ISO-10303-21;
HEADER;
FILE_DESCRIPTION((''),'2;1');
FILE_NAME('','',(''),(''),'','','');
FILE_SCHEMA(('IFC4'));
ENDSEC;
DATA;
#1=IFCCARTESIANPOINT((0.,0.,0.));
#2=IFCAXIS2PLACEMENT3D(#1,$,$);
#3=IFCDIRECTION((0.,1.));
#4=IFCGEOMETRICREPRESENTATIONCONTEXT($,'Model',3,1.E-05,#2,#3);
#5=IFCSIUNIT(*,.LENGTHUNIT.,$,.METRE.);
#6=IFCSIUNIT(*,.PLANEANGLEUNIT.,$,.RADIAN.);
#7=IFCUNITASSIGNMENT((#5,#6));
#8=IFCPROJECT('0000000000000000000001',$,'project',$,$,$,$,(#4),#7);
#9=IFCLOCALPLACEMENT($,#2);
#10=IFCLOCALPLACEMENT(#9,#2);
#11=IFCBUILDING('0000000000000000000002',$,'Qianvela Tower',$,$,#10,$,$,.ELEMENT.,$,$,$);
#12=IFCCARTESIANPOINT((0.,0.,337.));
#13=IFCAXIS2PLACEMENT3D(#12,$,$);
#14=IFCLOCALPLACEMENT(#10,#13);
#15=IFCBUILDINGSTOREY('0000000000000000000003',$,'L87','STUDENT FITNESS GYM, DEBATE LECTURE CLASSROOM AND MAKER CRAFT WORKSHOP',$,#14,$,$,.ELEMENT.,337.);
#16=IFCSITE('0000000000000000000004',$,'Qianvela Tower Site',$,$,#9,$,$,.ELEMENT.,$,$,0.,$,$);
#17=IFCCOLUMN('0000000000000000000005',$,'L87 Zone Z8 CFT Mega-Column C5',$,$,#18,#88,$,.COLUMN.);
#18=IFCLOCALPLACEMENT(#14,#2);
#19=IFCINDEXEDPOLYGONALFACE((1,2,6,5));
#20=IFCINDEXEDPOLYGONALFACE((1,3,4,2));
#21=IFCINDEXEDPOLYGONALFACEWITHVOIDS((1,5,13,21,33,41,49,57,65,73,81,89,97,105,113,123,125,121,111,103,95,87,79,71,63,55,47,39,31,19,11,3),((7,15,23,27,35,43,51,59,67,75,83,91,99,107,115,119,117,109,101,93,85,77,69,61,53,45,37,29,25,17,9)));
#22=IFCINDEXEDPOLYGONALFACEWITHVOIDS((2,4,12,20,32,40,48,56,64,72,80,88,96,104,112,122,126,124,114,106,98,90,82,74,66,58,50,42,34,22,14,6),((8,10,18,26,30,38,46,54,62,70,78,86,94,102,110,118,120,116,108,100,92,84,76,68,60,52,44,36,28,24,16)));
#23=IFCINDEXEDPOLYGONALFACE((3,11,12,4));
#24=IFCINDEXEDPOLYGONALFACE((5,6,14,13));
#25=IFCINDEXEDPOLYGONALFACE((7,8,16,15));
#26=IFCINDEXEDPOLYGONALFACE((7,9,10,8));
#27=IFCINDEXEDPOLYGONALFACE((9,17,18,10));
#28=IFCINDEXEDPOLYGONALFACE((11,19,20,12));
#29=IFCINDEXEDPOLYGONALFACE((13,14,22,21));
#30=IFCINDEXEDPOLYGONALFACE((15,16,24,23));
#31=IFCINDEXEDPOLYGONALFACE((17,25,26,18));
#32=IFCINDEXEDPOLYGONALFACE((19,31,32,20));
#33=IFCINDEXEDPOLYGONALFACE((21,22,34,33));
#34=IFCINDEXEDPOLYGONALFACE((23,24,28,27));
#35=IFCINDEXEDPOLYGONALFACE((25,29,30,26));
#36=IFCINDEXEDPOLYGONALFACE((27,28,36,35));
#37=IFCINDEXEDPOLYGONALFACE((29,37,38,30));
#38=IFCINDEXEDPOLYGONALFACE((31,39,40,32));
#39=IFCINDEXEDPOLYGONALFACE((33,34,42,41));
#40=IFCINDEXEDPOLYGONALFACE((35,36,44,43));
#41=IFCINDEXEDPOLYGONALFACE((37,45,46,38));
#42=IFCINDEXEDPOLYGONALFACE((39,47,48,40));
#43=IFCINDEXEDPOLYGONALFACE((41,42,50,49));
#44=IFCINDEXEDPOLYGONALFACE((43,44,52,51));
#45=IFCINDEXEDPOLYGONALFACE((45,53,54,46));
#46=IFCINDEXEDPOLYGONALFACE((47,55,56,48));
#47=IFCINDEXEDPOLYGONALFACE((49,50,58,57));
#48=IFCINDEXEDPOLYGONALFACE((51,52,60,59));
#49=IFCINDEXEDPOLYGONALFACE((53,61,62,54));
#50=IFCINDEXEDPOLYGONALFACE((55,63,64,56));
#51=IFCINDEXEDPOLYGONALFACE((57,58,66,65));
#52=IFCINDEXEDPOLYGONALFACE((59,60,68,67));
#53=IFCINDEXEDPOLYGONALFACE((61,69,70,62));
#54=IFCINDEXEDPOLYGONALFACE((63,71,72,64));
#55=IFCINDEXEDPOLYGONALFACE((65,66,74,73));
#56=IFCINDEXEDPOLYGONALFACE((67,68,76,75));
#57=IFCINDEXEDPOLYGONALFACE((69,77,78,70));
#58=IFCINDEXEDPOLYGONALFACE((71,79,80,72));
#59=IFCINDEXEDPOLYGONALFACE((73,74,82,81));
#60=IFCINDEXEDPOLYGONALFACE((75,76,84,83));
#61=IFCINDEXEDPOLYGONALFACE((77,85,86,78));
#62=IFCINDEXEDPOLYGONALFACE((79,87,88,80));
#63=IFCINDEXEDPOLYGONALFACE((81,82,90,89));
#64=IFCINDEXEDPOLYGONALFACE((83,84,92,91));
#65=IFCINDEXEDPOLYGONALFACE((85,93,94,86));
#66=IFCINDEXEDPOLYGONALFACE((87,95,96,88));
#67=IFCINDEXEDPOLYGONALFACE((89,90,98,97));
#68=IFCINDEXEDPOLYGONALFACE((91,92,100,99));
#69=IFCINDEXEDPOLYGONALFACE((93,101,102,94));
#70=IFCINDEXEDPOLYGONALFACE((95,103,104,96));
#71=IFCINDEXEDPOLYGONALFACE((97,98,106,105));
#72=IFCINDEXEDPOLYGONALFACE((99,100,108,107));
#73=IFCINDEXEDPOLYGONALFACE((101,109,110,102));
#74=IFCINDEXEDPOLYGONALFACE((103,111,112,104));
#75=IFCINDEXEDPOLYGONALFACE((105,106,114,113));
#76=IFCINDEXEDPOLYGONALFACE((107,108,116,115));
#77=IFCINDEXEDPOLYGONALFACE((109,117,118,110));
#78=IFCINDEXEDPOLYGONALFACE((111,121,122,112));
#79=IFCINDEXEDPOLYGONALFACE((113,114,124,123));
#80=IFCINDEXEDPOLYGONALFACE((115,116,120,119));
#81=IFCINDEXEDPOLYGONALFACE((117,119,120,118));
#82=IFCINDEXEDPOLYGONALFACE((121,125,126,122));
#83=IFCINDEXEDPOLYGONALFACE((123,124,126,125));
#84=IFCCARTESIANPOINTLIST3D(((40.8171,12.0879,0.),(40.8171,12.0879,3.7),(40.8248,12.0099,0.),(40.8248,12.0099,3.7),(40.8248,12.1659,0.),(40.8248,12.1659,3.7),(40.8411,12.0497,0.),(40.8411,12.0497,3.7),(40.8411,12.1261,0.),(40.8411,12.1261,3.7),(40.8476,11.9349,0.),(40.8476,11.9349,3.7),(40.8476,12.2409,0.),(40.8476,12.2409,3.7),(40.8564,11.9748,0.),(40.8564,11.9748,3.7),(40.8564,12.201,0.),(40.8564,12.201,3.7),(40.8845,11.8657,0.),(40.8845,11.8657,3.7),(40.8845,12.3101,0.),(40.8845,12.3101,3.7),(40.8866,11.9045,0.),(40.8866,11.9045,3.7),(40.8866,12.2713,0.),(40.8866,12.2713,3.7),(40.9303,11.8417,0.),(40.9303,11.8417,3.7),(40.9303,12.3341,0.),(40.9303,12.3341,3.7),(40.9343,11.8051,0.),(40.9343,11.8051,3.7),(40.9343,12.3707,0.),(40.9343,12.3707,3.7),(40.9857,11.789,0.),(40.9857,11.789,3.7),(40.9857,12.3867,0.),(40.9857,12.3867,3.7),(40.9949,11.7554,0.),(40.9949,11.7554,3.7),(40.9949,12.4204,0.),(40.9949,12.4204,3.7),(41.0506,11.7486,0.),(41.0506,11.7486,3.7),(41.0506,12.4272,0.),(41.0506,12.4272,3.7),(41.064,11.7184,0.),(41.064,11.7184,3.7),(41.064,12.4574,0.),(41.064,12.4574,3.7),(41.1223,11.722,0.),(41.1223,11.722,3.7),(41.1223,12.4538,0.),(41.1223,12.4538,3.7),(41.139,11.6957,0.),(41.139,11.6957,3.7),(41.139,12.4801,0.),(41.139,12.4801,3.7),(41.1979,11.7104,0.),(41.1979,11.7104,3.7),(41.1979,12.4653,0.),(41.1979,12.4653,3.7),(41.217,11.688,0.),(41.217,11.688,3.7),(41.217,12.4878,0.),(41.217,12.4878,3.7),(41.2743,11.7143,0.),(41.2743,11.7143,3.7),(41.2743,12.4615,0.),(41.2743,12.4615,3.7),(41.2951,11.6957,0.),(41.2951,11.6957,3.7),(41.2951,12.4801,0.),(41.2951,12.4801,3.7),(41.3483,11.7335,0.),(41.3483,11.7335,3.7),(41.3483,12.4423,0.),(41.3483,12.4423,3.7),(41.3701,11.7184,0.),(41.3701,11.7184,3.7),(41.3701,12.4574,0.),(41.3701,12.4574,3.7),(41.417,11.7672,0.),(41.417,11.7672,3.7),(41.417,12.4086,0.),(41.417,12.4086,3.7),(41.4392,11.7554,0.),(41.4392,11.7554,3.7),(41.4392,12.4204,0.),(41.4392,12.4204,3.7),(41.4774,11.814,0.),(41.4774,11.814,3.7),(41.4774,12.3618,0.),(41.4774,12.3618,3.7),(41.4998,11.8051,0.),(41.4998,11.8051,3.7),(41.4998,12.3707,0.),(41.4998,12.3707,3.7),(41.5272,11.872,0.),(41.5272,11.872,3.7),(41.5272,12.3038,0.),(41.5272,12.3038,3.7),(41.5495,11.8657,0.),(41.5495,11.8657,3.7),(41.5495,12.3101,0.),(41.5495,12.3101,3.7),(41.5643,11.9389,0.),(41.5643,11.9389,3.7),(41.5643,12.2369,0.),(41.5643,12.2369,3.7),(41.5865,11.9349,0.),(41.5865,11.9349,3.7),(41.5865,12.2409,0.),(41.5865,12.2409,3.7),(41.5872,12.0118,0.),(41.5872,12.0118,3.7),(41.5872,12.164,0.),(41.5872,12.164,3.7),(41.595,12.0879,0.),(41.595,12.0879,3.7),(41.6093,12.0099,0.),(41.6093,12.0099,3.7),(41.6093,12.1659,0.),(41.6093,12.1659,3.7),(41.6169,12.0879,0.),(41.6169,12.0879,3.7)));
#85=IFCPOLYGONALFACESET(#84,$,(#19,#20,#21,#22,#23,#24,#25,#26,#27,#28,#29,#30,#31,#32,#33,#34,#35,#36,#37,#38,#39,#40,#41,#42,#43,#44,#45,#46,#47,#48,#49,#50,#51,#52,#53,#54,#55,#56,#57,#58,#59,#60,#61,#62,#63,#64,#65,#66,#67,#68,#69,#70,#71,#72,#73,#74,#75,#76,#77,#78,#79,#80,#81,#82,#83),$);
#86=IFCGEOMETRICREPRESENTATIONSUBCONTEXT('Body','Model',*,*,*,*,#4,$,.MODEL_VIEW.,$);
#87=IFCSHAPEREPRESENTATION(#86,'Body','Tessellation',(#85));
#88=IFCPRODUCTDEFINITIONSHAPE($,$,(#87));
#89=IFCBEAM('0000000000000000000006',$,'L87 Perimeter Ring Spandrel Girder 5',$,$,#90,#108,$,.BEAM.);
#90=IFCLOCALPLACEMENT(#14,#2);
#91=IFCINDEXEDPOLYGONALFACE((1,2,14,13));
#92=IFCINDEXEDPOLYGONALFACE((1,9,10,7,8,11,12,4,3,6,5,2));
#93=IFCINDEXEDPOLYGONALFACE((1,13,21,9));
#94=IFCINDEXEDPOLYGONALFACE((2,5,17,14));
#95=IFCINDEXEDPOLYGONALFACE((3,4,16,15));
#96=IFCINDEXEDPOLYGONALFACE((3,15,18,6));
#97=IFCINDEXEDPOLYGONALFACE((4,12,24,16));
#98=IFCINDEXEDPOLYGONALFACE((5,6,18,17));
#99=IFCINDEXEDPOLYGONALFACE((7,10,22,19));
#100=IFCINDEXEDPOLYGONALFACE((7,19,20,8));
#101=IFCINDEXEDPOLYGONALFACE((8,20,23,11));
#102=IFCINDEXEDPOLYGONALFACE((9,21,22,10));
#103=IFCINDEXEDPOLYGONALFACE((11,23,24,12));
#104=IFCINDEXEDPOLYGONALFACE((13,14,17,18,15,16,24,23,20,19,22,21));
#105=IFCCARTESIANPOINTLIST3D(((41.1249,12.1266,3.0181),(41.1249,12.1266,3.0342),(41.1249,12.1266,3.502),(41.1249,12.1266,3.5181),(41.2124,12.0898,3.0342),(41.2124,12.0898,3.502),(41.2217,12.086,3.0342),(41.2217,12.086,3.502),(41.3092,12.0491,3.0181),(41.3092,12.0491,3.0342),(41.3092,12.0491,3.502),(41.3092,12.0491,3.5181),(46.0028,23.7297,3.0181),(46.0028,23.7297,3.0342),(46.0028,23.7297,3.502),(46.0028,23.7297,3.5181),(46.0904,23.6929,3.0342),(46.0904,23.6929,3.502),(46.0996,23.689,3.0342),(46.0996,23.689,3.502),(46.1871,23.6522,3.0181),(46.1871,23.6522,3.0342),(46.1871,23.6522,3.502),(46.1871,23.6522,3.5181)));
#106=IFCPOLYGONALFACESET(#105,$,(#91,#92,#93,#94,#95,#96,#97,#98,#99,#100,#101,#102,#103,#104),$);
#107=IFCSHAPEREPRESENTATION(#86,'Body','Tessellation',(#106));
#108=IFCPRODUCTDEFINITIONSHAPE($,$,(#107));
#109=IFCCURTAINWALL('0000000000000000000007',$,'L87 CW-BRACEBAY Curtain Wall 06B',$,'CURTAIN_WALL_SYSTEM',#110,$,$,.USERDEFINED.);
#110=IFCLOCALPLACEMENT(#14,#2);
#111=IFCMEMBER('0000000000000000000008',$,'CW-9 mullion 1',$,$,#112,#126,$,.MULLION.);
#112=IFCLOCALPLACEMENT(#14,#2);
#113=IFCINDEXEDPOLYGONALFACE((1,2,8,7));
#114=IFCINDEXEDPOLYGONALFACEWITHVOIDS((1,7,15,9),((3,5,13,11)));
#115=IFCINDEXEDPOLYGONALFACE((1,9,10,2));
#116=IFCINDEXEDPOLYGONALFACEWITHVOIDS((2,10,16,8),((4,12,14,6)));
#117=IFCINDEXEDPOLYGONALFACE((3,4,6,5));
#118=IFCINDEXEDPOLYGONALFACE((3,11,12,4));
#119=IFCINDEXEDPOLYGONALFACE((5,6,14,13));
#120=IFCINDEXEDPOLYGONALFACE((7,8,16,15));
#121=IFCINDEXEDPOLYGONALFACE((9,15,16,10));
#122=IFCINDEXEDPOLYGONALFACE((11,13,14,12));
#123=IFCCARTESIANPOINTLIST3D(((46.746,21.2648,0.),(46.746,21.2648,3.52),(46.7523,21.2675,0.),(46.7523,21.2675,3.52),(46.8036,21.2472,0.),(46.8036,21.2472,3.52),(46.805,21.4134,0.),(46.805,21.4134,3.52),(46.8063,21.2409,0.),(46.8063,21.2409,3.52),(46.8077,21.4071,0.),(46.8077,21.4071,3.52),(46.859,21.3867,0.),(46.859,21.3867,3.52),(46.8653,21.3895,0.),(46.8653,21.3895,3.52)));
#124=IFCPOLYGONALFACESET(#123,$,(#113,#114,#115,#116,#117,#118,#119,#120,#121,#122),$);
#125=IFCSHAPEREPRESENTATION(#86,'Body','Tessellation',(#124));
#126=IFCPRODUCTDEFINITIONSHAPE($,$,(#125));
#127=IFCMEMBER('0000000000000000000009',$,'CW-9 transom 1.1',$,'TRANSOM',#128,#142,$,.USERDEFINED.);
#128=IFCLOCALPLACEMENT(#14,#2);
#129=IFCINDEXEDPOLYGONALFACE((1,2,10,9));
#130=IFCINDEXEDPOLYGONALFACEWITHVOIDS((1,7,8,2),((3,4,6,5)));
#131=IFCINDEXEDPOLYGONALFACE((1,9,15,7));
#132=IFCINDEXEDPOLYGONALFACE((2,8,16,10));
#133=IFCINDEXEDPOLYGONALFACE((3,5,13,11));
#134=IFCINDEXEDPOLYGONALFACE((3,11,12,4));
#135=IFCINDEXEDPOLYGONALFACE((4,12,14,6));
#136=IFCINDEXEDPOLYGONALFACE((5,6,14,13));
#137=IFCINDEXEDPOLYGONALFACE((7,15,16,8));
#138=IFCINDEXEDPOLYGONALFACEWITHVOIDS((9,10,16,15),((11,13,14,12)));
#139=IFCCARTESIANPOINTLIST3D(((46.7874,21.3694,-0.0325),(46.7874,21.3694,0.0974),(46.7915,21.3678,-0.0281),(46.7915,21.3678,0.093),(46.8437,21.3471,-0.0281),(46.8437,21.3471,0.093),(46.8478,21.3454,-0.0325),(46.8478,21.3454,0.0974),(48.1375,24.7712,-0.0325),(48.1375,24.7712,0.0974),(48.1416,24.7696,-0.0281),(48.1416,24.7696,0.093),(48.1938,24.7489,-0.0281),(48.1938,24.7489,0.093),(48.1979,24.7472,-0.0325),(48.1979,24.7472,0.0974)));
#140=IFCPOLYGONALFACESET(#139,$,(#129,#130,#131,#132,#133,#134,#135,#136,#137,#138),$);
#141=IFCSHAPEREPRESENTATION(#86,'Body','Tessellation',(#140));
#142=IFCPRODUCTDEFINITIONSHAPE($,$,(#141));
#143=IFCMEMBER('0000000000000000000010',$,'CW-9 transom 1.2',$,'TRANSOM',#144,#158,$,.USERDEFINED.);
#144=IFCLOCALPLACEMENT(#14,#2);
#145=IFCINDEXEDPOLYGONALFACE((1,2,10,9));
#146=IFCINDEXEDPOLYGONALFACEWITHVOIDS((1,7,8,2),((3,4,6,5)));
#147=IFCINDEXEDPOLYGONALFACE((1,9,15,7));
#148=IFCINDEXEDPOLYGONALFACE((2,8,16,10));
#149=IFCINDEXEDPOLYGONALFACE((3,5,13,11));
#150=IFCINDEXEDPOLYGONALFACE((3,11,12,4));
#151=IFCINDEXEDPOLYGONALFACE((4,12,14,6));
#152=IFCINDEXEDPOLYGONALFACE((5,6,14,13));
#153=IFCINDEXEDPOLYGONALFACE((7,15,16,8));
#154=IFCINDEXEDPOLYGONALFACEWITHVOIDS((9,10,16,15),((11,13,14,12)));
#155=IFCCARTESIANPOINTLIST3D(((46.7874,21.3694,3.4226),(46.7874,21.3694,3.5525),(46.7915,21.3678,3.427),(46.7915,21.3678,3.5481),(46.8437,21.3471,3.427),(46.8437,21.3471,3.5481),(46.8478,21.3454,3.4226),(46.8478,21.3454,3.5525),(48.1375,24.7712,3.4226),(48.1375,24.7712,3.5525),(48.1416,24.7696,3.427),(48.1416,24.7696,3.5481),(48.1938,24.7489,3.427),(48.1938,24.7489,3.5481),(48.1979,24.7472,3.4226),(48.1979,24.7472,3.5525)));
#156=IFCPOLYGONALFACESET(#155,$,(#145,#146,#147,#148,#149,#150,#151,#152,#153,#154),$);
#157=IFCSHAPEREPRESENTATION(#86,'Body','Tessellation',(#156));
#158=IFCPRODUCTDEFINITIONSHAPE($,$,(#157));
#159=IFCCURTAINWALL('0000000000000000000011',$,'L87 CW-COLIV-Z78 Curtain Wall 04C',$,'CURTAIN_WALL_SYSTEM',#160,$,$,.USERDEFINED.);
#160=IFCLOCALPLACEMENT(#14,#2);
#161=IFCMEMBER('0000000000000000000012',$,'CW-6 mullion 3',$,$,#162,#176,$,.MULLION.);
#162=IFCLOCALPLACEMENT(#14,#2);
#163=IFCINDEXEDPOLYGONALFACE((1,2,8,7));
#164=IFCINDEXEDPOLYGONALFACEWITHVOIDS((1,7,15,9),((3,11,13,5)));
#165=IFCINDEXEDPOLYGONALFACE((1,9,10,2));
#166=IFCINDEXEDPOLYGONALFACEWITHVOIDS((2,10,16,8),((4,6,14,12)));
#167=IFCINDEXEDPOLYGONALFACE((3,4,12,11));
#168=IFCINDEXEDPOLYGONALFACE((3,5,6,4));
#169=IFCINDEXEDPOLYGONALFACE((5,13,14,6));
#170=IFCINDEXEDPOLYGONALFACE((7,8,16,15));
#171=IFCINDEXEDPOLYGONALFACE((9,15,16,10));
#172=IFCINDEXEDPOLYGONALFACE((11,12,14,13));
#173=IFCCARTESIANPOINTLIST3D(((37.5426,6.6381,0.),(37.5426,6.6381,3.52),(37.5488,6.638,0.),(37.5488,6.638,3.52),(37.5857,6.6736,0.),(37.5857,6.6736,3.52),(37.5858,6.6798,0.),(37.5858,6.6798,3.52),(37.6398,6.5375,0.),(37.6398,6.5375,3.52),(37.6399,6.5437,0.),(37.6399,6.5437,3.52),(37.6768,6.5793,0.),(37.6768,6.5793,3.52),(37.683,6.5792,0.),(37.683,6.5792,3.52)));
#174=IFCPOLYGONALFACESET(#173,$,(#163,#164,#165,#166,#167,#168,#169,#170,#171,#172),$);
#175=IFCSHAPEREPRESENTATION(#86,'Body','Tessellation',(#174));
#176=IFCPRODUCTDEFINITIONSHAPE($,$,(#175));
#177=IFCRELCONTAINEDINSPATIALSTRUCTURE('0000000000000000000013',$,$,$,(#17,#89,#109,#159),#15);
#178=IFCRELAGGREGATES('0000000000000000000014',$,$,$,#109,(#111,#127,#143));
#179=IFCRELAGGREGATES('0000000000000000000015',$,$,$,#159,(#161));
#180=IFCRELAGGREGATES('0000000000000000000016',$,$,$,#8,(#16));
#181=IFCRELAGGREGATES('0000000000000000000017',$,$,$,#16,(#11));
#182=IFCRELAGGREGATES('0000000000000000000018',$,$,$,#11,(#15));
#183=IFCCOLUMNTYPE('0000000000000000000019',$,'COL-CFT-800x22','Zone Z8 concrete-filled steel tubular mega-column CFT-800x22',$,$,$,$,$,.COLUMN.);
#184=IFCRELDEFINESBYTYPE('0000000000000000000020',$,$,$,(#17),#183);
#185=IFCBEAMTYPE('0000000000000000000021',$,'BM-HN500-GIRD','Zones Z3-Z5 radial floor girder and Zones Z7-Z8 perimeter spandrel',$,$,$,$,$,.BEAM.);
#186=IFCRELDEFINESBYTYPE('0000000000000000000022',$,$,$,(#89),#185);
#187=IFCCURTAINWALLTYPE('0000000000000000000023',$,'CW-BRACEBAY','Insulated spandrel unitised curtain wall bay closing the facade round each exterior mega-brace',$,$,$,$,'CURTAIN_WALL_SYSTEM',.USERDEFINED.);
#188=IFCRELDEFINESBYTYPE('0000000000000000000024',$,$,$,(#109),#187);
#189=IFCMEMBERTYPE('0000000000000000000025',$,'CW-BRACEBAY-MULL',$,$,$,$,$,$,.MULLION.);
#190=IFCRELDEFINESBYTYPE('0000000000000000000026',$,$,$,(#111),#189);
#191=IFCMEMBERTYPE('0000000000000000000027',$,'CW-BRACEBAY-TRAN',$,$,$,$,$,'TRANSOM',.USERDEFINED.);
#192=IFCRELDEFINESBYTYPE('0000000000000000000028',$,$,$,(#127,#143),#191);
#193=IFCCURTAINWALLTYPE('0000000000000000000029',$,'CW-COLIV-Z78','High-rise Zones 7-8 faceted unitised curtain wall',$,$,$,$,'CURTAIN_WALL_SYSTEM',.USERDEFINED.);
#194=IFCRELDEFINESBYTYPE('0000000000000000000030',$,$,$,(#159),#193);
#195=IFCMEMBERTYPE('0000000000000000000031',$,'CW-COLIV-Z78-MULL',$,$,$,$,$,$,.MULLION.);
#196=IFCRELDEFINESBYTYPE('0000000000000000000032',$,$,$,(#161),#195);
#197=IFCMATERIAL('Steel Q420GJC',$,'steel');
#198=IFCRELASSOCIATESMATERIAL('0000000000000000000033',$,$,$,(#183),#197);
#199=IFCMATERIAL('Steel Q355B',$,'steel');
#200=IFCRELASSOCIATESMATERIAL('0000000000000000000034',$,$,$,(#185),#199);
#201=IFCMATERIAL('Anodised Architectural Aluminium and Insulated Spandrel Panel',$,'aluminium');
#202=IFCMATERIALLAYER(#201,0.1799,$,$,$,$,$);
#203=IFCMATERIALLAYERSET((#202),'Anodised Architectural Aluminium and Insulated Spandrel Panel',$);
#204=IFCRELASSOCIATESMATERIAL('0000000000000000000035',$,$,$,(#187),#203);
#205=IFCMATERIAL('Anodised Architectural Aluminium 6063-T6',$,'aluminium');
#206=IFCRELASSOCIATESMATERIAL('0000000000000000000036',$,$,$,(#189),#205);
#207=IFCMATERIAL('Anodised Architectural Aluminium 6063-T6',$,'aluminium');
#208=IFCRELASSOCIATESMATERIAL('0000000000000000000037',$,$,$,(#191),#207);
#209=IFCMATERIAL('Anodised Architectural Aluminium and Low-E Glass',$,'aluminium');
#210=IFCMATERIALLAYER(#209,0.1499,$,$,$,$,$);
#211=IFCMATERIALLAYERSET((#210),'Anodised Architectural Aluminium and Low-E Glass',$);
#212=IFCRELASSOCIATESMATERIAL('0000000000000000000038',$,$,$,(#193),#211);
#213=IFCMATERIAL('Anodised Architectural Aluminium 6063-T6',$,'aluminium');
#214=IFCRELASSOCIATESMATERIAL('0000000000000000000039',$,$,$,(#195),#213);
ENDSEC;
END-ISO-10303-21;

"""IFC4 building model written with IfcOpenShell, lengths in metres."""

from ifc_helpers import new_model, si_unit, direction, frame, origin, origin_2d, place, context, subcontext, project, spatial, hollow_rectangle, hollow_circle, i_section, extrude, material, layer, layer_set, material_profile, profile_set, type_object, element, aggregate, save


model = new_model("IFC4")

# Units and contexts
model_context = context("Model", 3, precision=1e-05, world=origin(), true_north=direction((0.0, 1.0)))
body_context = subcontext(model_context, "Body", "Model", "MODEL_VIEW")
ifc_project = project(units=[si_unit("LENGTHUNIT", "METRE"), si_unit("PLANEANGLEUNIT", "RADIAN")], contexts=[model_context])

# Site, building, storey
site_placement = place(None, origin())
site = spatial("IfcSite", under=ifc_project, at=site_placement, Name="Qianvela Tower Site", CompositionType="ELEMENT", RefElevation=0.0)
building_placement = place(site_placement, origin())
building = spatial("IfcBuilding", under=site, at=building_placement, Name="Qianvela Tower", CompositionType="ELEMENT")
storey_placement = place(building_placement, frame((0.0, 0.0, 337.0)))
storey = spatial("IfcBuildingStorey", under=building, at=storey_placement, Name="L87", Description="STUDENT FITNESS GYM, DEBATE LECTURE CLASSROOM AND MAKER CRAFT WORKSHOP", CompositionType="ELEMENT", Elevation=337.0)

# Column
ifc_material_1 = material(Name="Steel Q420GJC", Category="steel")
ifc_material_profile_1 = material_profile(ifc_material_1, hollow_circle(Radius=0.3999, WallThickness=0.022, at=origin_2d()), Name="CFT-800x22")
ifc_profile_set_1 = profile_set([ifc_material_profile_1], Name="Steel Q420GJC")
column_type = type_object("IfcColumnType", Name="COL-CFT-800x22", Description="Zone Z8 concrete-filled steel tubular mega-column CFT-800x22", PredefinedType="COLUMN", material=ifc_profile_set_1)
column_placement = place(storey_placement, frame((41.217, 12.0879, 0.0), z_axis=(0.0, 0.0, 1.0), x_axis=(1.0, 0.0, 0.0)))
element("IfcColumn", 1, at=column_placement, inside=storey, type_object=column_type, Name="L87 Zone Z8 CFT Mega-Column C5", PredefinedType="COLUMN", context=body_context, shape_type="SweptSolid", body=[
    extrude(hollow_circle(Radius=0.3999, WallThickness=0.022, at=origin_2d()), origin(), (0.0, 0.0, 1.0), 3.7),
])

# Beam
ifc_material_2 = material(Name="Steel Q355B", Category="steel")
ifc_material_profile_2 = material_profile(ifc_material_2, i_section(OverallWidth=0.2, OverallDepth=0.5, WebThickness=0.01, FlangeThickness=0.0161, at=origin_2d()), Name="HN500x200x10x16")
ifc_profile_set_2 = profile_set([ifc_material_profile_2], Name="Steel Q355B")
beam_type = type_object("IfcBeamType", Name="BM-HN500-GIRD", Description="Zones Z3-Z5 radial floor girder and Zones Z7-Z8 perimeter spandrel", PredefinedType="BEAM", material=ifc_profile_set_2)
beam_placement = place(storey_placement, frame((41.217, 12.0879, 3.2681), z_axis=(0.387547, 0.92185, 0.0), x_axis=(-0.92185, 0.387547, 0.0)))
element("IfcBeam", 2, at=beam_placement, inside=storey, type_object=beam_type, Name="L87 Perimeter Ring Spandrel Girder 5", PredefinedType="BEAM", context=body_context, shape_type="SweptSolid", body=[
    extrude(i_section(OverallWidth=0.2, OverallDepth=0.5, WebThickness=0.01, FlangeThickness=0.0161, at=origin_2d()), origin(), (0.0, 0.0, 1.0), 12.5867),
])

# Curtain wall, members
ifc_material_3 = material(Name="Anodised Architectural Aluminium and Insulated Spandrel Panel", Category="aluminium")
ifc_layer_1 = layer(ifc_material_3, 0.1799)
ifc_layer_set_1 = layer_set([ifc_layer_1], Name="Anodised Architectural Aluminium and Insulated Spandrel Panel")
curtain_wall_type_1 = type_object("IfcCurtainWallType", Name="CW-BRACEBAY", Description="Insulated spandrel unitised curtain wall bay closing the facade round each exterior mega-brace", ElementType="CURTAIN_WALL_SYSTEM", PredefinedType="USERDEFINED", material=ifc_layer_set_1)
curtain_wall_1_placement = place(storey_placement, origin())
curtain_wall_1 = element("IfcCurtainWall", 3, at=curtain_wall_1_placement, inside=storey, type_object=curtain_wall_type_1, Name="L87 CW-BRACEBAY Curtain Wall 06B", ObjectType="CURTAIN_WALL_SYSTEM", PredefinedType="USERDEFINED")
ifc_material_4 = material(Name="Anodised Architectural Aluminium 6063-T6", Category="aluminium")
ifc_material_profile_3 = material_profile(ifc_material_4, hollow_rectangle(XDim=0.0649, YDim=0.1599, WallThickness=0.0049, at=origin_2d()), Name="ALU-MULL-65x160")
ifc_profile_set_3 = profile_set([ifc_material_profile_3], Name="Anodised Architectural Aluminium 6063-T6")
member_type_1 = type_object("IfcMemberType", Name="CW-BRACEBAY-MULL", PredefinedType="MULLION", material=ifc_profile_set_3)
member_1_placement = place(storey_placement, frame((46.8057, 21.3271, 0.0), z_axis=(0.0, 0.0, 1.0), x_axis=(-0.929472, 0.368892, 0.0)))
member_1 = element("IfcMember", 4, at=member_1_placement, type_object=member_type_1, Name="CW-9 mullion 1", PredefinedType="MULLION", context=body_context, shape_type="SweptSolid", body=[
    extrude(hollow_rectangle(XDim=0.0649, YDim=0.1599, WallThickness=0.0049, at=origin_2d()), origin(), (0.0, 0.0, 1.0), 3.52),
])
ifc_material_5 = material(Name="Anodised Architectural Aluminium 6063-T6", Category="aluminium")
ifc_material_profile_4 = material_profile(ifc_material_5, hollow_rectangle(XDim=0.0649, YDim=0.1299, WallThickness=0.0044, at=origin_2d()), Name="ALU-TRAN-65x130")
ifc_profile_set_4 = profile_set([ifc_material_profile_4], Name="Anodised Architectural Aluminium 6063-T6")
member_type_2 = type_object("IfcMemberType", Name="CW-BRACEBAY-TRAN", ElementType="TRANSOM", PredefinedType="USERDEFINED", material=ifc_profile_set_4)
member_2_placement = place(storey_placement, frame((46.8176, 21.3574, 0.0325), z_axis=(0.368882, 0.929476, 0.0), x_axis=(-0.929476, 0.368882, 0.0)))
member_2 = element("IfcMember", 5, at=member_2_placement, type_object=member_type_2, Name="CW-9 transom 1.1", ObjectType="TRANSOM", PredefinedType="USERDEFINED", context=body_context, shape_type="SweptSolid", body=[
    extrude(hollow_rectangle(XDim=0.0649, YDim=0.1299, WallThickness=0.0044, at=origin_2d()), origin(), (0.0, 0.0, 1.0), 3.6599),
])
member_3_placement = place(storey_placement, frame((46.8176, 21.3574, 3.4875), z_axis=(0.368882, 0.929476, 0.0), x_axis=(-0.929476, 0.368882, 0.0)))
member_3 = element("IfcMember", 6, at=member_3_placement, type_object=member_type_2, Name="CW-9 transom 1.2", ObjectType="TRANSOM", PredefinedType="USERDEFINED", context=body_context, shape_type="SweptSolid", body=[
    extrude(hollow_rectangle(XDim=0.0649, YDim=0.1299, WallThickness=0.0044, at=origin_2d()), origin(), (0.0, 0.0, 1.0), 3.6599),
])
aggregate(curtain_wall_1, [member_1, member_2, member_3])

# Curtain wall, member
ifc_material_6 = material(Name="Anodised Architectural Aluminium and Low-E Glass", Category="aluminium")
ifc_layer_2 = layer(ifc_material_6, 0.1499)
ifc_layer_set_2 = layer_set([ifc_layer_2], Name="Anodised Architectural Aluminium and Low-E Glass")
curtain_wall_type_2 = type_object("IfcCurtainWallType", Name="CW-COLIV-Z78", Description="High-rise Zones 7-8 faceted unitised curtain wall", ElementType="CURTAIN_WALL_SYSTEM", PredefinedType="USERDEFINED", material=ifc_layer_set_2)
curtain_wall_2_placement = place(storey_placement, origin())
curtain_wall_2 = element("IfcCurtainWall", 7, at=curtain_wall_2_placement, inside=storey, type_object=curtain_wall_type_2, Name="L87 CW-COLIV-Z78 Curtain Wall 04C", ObjectType="CURTAIN_WALL_SYSTEM", PredefinedType="USERDEFINED")
ifc_material_7 = material(Name="Anodised Architectural Aluminium 6063-T6", Category="aluminium")
ifc_material_profile_5 = material_profile(ifc_material_7, hollow_rectangle(XDim=0.0601, YDim=0.1399, WallThickness=0.0044, at=origin_2d()), Name="ALU-MULL-60x140")
ifc_profile_set_5 = profile_set([ifc_material_profile_5], Name="Anodised Architectural Aluminium 6063-T6")
member_type_3 = type_object("IfcMemberType", Name="CW-COLIV-Z78-MULL", PredefinedType="MULLION", material=ifc_profile_set_5)
member_4_placement = place(storey_placement, frame((37.6128, 6.6086, 0.0), z_axis=(0.0, 0.0, 1.0), x_axis=(0.719341, 0.694658, 0.0)))
member_4 = element("IfcMember", 8, at=member_4_placement, type_object=member_type_3, Name="CW-6 mullion 3", PredefinedType="MULLION", context=body_context, shape_type="SweptSolid", body=[
    extrude(hollow_rectangle(XDim=0.0601, YDim=0.1399, WallThickness=0.0044, at=origin_2d()), origin(), (0.0, 0.0, 1.0), 3.52),
])

aggregate(curtain_wall_2, [member_4])

save(model, "model.ifc")
